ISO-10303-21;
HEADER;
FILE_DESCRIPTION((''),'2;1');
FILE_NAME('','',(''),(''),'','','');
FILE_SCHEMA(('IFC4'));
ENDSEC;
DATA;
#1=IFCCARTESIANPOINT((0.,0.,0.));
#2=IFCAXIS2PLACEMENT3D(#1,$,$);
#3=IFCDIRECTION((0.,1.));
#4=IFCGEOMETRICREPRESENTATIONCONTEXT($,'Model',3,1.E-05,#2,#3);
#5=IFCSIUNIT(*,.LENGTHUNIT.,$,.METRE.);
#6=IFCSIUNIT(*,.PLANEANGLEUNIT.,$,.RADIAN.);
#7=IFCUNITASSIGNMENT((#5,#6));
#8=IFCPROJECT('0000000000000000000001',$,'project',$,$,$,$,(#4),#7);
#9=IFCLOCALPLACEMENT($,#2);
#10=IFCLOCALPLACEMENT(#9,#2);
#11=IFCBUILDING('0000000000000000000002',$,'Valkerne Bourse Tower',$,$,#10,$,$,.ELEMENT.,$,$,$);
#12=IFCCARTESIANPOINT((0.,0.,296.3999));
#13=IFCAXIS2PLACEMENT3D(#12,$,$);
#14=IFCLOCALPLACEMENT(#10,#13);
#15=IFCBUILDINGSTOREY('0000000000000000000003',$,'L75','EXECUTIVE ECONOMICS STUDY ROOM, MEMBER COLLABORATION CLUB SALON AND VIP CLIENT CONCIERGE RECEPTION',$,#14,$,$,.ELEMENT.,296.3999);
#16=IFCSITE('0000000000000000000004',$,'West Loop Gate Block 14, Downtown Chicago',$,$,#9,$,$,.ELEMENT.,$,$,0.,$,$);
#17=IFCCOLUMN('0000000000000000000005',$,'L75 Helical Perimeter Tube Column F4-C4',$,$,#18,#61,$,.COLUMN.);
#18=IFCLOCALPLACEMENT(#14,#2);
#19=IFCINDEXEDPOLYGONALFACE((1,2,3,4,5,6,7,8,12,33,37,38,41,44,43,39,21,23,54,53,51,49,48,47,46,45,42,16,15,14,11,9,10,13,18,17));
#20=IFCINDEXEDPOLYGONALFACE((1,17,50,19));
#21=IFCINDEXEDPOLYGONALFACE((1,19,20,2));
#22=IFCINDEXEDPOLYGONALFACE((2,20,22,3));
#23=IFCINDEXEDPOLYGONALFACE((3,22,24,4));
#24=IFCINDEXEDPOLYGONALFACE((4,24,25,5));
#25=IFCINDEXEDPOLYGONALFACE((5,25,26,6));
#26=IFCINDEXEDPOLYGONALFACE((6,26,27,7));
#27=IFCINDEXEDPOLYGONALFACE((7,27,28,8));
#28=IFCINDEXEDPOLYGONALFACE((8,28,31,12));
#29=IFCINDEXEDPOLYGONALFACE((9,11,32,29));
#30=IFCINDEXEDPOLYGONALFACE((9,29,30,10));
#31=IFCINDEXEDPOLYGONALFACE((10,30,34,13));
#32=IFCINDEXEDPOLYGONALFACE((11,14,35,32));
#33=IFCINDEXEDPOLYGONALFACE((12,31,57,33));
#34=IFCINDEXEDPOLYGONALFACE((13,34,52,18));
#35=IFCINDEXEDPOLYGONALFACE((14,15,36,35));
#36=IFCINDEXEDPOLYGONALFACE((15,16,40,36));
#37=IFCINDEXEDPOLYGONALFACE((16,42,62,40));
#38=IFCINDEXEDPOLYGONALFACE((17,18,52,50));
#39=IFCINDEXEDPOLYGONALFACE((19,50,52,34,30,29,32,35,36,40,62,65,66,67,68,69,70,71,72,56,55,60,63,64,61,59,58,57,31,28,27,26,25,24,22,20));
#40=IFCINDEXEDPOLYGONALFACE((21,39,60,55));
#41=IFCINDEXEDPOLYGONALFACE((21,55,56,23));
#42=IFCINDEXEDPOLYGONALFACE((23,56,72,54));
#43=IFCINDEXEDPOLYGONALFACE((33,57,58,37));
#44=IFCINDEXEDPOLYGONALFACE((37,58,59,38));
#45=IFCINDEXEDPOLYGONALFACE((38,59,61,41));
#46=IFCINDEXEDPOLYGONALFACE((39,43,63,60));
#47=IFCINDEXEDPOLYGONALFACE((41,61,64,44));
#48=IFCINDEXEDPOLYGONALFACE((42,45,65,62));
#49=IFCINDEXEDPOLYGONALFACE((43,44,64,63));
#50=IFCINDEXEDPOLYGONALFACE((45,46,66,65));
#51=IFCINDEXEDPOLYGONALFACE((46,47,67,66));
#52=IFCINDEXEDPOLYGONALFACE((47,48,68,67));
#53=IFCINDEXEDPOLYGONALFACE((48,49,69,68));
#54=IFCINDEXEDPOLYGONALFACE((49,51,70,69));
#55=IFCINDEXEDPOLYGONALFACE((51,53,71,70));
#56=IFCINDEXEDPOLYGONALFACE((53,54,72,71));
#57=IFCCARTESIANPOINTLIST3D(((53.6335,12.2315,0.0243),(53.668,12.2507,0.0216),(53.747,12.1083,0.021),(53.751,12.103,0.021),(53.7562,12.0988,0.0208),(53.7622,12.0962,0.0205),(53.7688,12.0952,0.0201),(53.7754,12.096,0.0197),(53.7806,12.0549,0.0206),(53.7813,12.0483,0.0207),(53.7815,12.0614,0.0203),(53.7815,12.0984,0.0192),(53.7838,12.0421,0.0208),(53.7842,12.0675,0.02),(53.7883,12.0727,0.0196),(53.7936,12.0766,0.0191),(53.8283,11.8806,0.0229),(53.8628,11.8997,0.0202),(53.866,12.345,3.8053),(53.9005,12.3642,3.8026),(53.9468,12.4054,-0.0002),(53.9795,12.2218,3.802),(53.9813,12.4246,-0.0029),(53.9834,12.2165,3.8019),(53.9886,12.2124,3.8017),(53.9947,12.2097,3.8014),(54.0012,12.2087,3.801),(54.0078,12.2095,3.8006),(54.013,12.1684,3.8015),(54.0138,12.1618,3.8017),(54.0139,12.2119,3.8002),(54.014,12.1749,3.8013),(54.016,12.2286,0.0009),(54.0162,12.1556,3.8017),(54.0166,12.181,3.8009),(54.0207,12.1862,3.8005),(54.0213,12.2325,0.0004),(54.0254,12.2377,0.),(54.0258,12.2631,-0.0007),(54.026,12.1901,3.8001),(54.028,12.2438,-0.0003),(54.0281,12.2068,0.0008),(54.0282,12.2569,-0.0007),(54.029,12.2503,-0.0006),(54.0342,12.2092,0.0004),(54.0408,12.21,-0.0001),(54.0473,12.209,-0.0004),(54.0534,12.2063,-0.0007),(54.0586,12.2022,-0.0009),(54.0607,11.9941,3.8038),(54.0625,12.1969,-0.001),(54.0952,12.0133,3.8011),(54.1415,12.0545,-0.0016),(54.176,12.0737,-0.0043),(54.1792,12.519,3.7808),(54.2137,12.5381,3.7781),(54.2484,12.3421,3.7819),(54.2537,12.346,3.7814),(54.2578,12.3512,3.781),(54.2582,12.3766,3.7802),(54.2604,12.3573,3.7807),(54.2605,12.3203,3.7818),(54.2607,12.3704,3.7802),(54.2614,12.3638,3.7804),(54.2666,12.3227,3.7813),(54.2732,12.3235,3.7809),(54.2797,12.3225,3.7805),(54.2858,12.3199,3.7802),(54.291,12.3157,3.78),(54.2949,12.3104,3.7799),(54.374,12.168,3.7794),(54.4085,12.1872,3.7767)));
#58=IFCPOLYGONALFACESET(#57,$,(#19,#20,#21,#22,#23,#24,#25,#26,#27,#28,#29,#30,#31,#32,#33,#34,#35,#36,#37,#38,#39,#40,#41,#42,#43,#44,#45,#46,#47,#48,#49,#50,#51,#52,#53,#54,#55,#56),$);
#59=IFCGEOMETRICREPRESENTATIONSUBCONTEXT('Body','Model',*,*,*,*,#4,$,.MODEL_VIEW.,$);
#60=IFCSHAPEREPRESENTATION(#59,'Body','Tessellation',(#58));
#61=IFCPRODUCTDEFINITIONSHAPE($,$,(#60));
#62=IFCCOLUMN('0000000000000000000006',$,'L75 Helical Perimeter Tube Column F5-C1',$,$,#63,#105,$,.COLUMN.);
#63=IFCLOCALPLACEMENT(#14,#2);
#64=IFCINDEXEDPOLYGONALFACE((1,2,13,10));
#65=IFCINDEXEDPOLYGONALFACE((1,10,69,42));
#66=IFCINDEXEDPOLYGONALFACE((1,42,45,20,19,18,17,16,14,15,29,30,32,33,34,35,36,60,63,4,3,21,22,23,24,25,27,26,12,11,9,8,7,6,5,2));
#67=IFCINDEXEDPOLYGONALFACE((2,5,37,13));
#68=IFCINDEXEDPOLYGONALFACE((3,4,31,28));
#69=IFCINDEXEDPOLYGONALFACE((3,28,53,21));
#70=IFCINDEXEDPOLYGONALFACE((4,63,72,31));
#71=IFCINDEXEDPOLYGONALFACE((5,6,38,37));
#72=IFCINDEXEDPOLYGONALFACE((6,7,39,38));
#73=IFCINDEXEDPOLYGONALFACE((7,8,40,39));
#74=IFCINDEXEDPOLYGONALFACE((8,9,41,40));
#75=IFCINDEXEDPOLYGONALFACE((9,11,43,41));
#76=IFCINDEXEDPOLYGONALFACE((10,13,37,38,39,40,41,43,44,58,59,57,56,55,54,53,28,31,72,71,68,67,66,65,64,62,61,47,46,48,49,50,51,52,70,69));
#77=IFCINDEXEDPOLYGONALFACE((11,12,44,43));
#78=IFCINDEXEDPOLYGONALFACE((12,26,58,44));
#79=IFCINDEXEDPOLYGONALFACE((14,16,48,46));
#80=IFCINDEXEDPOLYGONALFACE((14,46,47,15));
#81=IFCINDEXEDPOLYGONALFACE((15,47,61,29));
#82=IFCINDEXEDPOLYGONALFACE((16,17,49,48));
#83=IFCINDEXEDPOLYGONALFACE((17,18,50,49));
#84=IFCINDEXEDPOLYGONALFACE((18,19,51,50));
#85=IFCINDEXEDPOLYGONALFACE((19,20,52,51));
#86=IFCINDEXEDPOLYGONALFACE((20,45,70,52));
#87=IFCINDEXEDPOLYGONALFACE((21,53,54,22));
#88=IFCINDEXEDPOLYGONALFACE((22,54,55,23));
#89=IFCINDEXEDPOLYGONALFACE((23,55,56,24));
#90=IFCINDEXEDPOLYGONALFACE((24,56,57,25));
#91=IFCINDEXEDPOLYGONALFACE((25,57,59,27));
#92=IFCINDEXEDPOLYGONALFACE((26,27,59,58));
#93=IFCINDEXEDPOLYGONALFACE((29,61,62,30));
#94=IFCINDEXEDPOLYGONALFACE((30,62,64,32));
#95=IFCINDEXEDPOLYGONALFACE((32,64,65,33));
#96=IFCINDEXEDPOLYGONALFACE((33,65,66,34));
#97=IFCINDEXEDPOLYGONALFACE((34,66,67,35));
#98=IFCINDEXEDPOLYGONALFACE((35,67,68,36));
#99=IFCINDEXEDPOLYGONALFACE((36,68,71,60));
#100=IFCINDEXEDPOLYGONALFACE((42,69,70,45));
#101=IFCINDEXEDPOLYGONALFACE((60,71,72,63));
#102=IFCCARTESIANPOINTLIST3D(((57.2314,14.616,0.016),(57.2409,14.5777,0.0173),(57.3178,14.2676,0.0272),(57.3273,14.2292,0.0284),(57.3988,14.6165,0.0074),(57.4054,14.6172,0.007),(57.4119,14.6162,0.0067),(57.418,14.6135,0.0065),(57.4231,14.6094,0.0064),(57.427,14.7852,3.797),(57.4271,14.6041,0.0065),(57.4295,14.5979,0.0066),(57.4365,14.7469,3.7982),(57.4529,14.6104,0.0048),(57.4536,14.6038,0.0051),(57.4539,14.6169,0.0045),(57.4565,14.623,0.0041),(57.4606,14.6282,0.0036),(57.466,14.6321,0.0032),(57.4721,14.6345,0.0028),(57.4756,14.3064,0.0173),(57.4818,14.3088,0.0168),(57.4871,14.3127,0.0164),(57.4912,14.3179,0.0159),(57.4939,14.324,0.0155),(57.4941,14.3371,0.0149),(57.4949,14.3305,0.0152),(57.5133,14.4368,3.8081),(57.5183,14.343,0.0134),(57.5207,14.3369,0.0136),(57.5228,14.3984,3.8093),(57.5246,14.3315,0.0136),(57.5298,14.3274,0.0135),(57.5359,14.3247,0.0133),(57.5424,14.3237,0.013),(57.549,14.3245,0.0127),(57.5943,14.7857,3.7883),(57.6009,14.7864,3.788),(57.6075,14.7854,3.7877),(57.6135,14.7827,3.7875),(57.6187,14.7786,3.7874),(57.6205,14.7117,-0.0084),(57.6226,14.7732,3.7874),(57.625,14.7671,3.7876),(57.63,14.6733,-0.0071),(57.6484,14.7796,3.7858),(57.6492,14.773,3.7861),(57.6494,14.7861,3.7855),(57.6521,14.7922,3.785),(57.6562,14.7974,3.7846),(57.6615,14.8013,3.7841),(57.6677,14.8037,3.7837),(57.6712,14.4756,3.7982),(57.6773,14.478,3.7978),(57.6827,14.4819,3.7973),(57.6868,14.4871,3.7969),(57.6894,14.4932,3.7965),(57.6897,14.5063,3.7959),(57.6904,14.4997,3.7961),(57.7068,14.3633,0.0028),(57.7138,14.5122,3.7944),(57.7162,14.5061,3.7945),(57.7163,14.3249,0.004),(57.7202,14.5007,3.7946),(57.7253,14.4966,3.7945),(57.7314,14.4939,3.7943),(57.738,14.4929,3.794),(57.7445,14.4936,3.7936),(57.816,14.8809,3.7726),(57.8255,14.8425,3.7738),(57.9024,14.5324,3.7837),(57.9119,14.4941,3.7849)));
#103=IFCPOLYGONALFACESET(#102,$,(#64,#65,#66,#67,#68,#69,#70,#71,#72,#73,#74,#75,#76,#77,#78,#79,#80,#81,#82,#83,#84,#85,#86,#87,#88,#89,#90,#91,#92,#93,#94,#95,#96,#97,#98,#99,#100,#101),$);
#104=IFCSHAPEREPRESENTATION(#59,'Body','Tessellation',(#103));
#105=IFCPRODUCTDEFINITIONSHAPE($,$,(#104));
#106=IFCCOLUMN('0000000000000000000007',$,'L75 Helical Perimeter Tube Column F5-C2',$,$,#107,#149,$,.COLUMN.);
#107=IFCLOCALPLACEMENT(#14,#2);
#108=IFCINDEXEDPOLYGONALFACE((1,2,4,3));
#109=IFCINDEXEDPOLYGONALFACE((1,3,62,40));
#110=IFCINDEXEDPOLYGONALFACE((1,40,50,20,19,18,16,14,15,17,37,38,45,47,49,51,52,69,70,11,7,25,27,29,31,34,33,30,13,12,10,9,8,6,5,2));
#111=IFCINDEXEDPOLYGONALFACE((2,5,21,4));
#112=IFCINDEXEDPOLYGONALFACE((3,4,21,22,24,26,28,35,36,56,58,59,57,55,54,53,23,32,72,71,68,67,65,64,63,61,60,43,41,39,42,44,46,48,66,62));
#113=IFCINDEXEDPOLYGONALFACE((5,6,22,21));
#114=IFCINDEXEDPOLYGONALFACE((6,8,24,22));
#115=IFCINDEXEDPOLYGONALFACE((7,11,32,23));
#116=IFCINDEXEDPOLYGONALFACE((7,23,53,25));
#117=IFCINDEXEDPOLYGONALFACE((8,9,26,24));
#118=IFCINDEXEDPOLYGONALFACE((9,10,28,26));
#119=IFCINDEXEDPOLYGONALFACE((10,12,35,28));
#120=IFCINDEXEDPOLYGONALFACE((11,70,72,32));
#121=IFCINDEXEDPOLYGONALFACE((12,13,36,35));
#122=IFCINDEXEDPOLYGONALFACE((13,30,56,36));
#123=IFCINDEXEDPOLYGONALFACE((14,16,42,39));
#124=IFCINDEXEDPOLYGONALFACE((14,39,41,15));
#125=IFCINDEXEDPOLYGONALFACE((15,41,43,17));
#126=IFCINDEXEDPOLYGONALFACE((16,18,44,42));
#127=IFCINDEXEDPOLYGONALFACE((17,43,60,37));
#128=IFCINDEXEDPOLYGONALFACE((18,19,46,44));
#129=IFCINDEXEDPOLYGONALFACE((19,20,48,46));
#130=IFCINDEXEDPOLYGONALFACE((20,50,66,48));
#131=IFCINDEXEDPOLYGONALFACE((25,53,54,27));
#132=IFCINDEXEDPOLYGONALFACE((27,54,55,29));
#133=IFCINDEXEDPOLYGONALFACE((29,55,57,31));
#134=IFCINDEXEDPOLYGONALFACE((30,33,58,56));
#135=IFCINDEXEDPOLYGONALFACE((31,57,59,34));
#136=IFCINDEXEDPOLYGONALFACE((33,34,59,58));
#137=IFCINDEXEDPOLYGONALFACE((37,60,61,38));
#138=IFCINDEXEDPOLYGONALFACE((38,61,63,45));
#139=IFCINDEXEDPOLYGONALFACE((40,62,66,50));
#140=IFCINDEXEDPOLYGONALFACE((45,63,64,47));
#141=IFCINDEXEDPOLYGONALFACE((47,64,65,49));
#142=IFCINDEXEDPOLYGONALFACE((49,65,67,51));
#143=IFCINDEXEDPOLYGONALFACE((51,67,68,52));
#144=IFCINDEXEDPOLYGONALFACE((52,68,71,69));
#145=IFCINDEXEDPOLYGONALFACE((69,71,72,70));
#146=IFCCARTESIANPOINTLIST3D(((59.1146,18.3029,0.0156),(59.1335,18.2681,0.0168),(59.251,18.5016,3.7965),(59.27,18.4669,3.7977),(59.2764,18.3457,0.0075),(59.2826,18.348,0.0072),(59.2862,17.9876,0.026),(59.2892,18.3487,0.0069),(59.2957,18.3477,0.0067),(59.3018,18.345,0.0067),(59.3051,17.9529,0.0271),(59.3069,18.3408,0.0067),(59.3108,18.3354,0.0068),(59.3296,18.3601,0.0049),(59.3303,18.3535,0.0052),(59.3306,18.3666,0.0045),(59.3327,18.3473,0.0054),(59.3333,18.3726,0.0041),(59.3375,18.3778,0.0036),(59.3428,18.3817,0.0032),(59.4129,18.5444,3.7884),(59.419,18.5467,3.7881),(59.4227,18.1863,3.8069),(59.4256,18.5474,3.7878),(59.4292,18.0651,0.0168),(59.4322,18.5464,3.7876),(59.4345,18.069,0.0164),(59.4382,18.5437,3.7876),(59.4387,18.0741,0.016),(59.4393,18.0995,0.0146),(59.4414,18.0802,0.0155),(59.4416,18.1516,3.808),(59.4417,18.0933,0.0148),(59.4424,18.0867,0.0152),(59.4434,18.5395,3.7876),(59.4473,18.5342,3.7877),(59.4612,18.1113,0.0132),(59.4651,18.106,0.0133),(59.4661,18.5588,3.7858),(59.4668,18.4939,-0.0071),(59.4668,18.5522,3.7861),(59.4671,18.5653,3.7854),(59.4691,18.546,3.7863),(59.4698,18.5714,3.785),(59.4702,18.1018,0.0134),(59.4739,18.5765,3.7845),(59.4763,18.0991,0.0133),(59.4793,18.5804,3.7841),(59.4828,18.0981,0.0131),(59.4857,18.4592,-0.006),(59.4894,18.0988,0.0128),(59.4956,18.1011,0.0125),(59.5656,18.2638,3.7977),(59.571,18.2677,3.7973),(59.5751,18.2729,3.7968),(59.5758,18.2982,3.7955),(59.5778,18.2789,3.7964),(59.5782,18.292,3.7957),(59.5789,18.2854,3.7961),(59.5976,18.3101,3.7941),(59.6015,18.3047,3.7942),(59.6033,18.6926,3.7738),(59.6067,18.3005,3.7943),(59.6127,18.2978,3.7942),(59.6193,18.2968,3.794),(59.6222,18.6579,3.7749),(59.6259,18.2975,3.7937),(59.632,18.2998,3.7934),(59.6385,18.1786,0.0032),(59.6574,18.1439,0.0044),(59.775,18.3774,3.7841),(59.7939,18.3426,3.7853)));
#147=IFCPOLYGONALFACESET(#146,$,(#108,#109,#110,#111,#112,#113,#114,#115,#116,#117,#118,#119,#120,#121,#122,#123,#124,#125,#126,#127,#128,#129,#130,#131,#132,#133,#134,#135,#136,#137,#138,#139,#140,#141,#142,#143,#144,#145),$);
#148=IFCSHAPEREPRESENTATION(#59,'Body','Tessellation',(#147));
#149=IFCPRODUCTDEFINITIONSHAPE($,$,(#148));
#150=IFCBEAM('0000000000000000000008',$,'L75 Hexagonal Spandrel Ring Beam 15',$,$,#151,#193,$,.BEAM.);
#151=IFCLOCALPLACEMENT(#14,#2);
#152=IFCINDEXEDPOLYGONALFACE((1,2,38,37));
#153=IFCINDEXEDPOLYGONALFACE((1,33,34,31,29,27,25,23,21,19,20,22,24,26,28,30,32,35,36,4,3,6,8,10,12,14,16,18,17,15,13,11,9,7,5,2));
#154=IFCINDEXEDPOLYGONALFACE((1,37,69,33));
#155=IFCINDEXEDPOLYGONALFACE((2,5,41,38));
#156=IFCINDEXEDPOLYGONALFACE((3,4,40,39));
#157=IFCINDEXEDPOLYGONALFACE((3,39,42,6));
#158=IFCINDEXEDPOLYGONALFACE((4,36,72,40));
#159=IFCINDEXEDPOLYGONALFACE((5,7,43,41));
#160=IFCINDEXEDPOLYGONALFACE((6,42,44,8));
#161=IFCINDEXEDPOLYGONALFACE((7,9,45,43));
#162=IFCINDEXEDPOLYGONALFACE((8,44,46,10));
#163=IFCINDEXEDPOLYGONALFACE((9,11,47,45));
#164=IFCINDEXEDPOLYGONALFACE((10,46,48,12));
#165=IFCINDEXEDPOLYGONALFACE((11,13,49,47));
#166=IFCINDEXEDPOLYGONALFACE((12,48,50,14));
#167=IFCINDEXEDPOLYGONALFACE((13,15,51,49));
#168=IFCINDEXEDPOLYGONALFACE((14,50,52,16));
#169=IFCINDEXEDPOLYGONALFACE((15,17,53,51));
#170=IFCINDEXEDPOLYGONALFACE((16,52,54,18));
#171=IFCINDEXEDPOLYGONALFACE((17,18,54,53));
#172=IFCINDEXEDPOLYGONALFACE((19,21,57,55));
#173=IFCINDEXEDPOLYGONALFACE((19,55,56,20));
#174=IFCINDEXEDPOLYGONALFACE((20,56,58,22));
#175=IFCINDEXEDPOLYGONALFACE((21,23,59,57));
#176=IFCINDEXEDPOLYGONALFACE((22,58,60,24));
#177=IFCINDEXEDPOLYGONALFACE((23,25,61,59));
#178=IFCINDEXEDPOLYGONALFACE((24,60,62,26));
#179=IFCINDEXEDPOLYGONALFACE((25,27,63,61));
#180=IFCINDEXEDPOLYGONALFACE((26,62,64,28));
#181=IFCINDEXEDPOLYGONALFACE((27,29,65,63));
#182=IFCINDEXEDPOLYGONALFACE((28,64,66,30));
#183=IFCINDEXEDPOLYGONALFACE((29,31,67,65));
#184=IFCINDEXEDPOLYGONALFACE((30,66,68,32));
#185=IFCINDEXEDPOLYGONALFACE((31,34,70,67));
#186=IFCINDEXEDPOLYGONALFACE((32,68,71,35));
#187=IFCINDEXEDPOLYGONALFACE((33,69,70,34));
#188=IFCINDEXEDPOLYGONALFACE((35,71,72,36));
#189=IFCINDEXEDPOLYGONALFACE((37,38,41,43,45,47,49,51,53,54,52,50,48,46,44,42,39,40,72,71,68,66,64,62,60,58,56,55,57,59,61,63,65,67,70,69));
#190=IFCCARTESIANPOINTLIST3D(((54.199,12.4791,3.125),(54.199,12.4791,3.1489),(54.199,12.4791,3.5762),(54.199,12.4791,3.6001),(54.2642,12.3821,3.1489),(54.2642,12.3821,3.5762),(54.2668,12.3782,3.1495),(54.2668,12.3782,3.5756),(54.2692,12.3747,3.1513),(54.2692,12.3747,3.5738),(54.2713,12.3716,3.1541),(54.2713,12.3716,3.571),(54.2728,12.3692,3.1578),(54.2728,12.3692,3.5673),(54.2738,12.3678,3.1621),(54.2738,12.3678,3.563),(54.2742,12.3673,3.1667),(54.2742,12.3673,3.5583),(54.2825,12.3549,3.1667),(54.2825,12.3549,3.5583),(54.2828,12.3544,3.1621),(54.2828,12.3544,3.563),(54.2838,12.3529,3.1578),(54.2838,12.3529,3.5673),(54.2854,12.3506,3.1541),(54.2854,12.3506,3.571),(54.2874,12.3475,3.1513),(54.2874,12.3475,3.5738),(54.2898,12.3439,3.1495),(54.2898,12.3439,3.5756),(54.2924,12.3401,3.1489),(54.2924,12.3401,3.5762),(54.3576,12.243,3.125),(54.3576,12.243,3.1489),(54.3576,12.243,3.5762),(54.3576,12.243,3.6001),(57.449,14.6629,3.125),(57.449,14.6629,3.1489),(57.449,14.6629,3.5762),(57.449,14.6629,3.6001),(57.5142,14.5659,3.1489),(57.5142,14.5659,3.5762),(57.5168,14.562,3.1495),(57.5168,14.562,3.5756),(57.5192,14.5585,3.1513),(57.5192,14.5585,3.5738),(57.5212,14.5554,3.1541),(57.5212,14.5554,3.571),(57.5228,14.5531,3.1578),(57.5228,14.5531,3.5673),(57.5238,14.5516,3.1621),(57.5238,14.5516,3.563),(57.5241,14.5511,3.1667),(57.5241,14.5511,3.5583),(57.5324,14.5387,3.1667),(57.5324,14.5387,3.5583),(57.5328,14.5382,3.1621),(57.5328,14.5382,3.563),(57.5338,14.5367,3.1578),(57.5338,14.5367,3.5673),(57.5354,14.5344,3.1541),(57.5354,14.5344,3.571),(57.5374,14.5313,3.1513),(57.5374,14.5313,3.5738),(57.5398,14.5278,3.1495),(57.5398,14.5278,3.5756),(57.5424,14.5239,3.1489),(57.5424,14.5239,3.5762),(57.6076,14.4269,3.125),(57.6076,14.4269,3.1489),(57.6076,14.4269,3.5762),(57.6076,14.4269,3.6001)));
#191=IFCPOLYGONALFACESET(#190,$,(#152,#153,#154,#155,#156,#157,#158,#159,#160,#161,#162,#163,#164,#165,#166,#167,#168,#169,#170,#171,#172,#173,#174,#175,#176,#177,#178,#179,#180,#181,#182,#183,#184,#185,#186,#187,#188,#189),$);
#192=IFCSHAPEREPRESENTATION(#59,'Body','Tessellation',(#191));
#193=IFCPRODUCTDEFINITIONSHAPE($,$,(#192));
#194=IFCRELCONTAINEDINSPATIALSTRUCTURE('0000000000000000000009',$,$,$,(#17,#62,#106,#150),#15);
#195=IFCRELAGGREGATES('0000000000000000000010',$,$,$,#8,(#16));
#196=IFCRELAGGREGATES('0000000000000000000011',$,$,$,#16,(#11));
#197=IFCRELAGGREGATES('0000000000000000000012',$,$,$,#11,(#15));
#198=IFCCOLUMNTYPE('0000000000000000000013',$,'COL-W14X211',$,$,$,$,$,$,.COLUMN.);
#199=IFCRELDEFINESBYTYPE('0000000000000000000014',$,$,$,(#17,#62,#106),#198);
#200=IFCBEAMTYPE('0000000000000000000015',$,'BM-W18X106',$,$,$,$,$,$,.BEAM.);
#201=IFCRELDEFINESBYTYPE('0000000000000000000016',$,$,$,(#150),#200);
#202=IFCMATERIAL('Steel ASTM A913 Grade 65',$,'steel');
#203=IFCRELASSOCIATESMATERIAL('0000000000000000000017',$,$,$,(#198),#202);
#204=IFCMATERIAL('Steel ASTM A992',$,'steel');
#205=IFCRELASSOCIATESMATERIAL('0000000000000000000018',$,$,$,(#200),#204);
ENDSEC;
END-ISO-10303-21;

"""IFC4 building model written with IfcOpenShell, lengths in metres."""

from ifc_helpers import new_model, si_unit, direction, frame, origin, origin_2d, place, context, subcontext, project, spatial, i_section, extrude, material, material_profile, profile_set, type_object, element, save


model = new_model("IFC4")

# Units and contexts
model_context = context("Model", 3, precision=1e-05, world=origin(), true_north=direction((0.0, 1.0)))
body_context = subcontext(model_context, "Body", "Model", "MODEL_VIEW")
ifc_project = project(units=[si_unit("LENGTHUNIT", "METRE"), si_unit("PLANEANGLEUNIT", "RADIAN")], contexts=[model_context])

# Site, building, storey
site_placement = place(None, origin())
site = spatial("IfcSite", under=ifc_project, at=site_placement, Name="West Loop Gate Block 14, Downtown Chicago", CompositionType="ELEMENT", RefElevation=0.0)
building_placement = place(site_placement, origin())
building = spatial("IfcBuilding", under=site, at=building_placement, Name="Valkerne Bourse Tower", CompositionType="ELEMENT")
storey_placement = place(building_placement, frame((0.0, 0.0, 296.3999)))
storey = spatial("IfcBuildingStorey", under=building, at=storey_placement, Name="L75", Description="EXECUTIVE ECONOMICS STUDY ROOM, MEMBER COLLABORATION CLUB SALON AND VIP CLIENT CONCIERGE RECEPTION", CompositionType="ELEMENT", Elevation=296.3999)

# Columns
ifc_material_1 = material(Name="Steel ASTM A913 Grade 65", Category="steel")
ifc_material_profile_1 = material_profile(ifc_material_1, i_section(OverallWidth=0.4014, OverallDepth=0.3987, WebThickness=0.0249, FlangeThickness=0.0396, FilletRadius=0.0254, at=origin_2d()), Name="W14X211")
ifc_profile_set_1 = profile_set([ifc_material_profile_1], Name="Steel ASTM A913 Grade 65")
column_type = type_object("IfcColumnType", Name="COL-W14X211", PredefinedType="COLUMN", material=ifc_profile_set_1)
for number, where, z_axis, x_axis, name in (
    (1, (53.9048, 12.1526, 0.01), (0.061328, 0.029955, 0.997668), (-0.485203, 0.874394, 0.003572), "L75 Helical Perimeter Tube Column F4-C4"),
    (2, (57.4739, 14.4705, 0.01), (0.0516, 0.044643, 0.997669), (-0.969291, -0.238282, 0.060795), "L75 Helical Perimeter Tube Column F5-C1"),
):
    element("IfcColumn", number, at=place(storey_placement, frame(where, z_axis=z_axis, x_axis=x_axis)), inside=storey, type_object=column_type, Name=name, PredefinedType="COLUMN", context=body_context, shape_type="SweptSolid", body=[
        extrude(i_section(OverallWidth=0.4014, OverallDepth=0.3987, WebThickness=0.0249, FlangeThickness=0.0396, FilletRadius=0.0254, at=origin_2d()), origin(), (0.0, 0.0, 1.0), 3.7898),
    ])
column_placement = place(storey_placement, frame((59.386, 18.2234, 0.01), z_axis=(0.036022, 0.052454, 0.997973), x_axis=(-0.877617, -0.475998, 0.056696)))
element("IfcColumn", 3, at=column_placement, inside=storey, type_object=column_type, Name="L75 Helical Perimeter Tube Column F5-C2", PredefinedType="COLUMN", context=body_context, shape_type="SweptSolid", body=[
    extrude(i_section(OverallWidth=0.4014, OverallDepth=0.3987, WebThickness=0.0249, FlangeThickness=0.0396, FilletRadius=0.0254, at=origin_2d()), origin(), (0.0, 0.0, 1.0), 3.7886),
])

# Beam
ifc_material_2 = material(Name="Steel ASTM A992", Category="steel")
ifc_material_profile_2 = material_profile(ifc_material_2, i_section(OverallWidth=0.2844, OverallDepth=0.4751, WebThickness=0.0149, FlangeThickness=0.0239, FilletRadius=0.0178, at=origin_2d()), Name="W18X106")
ifc_profile_set_2 = profile_set([ifc_material_profile_2], Name="Steel ASTM A992")
beam_type = type_object("IfcBeamType", Name="BM-W18X106", PredefinedType="BEAM", material=ifc_profile_set_2)
beam_placement = place(storey_placement, frame((54.2783, 12.3611, 3.3625), z_axis=(0.830021, 0.557733, 0.0), x_axis=(-0.557733, 0.830021, 0.0)))
element("IfcBeam", 4, at=beam_placement, inside=storey, type_object=beam_type, Name="L75 Hexagonal Spandrel Ring Beam 15", PredefinedType="BEAM", context=body_context, shape_type="SweptSolid", body=[
    extrude(i_section(OverallWidth=0.2844, OverallDepth=0.4751, WebThickness=0.0149, FlangeThickness=0.0239, FilletRadius=0.0178, at=origin_2d()), origin(), (0.0, 0.0, 1.0), 3.9155),
])

save(model, "model.ifc")
